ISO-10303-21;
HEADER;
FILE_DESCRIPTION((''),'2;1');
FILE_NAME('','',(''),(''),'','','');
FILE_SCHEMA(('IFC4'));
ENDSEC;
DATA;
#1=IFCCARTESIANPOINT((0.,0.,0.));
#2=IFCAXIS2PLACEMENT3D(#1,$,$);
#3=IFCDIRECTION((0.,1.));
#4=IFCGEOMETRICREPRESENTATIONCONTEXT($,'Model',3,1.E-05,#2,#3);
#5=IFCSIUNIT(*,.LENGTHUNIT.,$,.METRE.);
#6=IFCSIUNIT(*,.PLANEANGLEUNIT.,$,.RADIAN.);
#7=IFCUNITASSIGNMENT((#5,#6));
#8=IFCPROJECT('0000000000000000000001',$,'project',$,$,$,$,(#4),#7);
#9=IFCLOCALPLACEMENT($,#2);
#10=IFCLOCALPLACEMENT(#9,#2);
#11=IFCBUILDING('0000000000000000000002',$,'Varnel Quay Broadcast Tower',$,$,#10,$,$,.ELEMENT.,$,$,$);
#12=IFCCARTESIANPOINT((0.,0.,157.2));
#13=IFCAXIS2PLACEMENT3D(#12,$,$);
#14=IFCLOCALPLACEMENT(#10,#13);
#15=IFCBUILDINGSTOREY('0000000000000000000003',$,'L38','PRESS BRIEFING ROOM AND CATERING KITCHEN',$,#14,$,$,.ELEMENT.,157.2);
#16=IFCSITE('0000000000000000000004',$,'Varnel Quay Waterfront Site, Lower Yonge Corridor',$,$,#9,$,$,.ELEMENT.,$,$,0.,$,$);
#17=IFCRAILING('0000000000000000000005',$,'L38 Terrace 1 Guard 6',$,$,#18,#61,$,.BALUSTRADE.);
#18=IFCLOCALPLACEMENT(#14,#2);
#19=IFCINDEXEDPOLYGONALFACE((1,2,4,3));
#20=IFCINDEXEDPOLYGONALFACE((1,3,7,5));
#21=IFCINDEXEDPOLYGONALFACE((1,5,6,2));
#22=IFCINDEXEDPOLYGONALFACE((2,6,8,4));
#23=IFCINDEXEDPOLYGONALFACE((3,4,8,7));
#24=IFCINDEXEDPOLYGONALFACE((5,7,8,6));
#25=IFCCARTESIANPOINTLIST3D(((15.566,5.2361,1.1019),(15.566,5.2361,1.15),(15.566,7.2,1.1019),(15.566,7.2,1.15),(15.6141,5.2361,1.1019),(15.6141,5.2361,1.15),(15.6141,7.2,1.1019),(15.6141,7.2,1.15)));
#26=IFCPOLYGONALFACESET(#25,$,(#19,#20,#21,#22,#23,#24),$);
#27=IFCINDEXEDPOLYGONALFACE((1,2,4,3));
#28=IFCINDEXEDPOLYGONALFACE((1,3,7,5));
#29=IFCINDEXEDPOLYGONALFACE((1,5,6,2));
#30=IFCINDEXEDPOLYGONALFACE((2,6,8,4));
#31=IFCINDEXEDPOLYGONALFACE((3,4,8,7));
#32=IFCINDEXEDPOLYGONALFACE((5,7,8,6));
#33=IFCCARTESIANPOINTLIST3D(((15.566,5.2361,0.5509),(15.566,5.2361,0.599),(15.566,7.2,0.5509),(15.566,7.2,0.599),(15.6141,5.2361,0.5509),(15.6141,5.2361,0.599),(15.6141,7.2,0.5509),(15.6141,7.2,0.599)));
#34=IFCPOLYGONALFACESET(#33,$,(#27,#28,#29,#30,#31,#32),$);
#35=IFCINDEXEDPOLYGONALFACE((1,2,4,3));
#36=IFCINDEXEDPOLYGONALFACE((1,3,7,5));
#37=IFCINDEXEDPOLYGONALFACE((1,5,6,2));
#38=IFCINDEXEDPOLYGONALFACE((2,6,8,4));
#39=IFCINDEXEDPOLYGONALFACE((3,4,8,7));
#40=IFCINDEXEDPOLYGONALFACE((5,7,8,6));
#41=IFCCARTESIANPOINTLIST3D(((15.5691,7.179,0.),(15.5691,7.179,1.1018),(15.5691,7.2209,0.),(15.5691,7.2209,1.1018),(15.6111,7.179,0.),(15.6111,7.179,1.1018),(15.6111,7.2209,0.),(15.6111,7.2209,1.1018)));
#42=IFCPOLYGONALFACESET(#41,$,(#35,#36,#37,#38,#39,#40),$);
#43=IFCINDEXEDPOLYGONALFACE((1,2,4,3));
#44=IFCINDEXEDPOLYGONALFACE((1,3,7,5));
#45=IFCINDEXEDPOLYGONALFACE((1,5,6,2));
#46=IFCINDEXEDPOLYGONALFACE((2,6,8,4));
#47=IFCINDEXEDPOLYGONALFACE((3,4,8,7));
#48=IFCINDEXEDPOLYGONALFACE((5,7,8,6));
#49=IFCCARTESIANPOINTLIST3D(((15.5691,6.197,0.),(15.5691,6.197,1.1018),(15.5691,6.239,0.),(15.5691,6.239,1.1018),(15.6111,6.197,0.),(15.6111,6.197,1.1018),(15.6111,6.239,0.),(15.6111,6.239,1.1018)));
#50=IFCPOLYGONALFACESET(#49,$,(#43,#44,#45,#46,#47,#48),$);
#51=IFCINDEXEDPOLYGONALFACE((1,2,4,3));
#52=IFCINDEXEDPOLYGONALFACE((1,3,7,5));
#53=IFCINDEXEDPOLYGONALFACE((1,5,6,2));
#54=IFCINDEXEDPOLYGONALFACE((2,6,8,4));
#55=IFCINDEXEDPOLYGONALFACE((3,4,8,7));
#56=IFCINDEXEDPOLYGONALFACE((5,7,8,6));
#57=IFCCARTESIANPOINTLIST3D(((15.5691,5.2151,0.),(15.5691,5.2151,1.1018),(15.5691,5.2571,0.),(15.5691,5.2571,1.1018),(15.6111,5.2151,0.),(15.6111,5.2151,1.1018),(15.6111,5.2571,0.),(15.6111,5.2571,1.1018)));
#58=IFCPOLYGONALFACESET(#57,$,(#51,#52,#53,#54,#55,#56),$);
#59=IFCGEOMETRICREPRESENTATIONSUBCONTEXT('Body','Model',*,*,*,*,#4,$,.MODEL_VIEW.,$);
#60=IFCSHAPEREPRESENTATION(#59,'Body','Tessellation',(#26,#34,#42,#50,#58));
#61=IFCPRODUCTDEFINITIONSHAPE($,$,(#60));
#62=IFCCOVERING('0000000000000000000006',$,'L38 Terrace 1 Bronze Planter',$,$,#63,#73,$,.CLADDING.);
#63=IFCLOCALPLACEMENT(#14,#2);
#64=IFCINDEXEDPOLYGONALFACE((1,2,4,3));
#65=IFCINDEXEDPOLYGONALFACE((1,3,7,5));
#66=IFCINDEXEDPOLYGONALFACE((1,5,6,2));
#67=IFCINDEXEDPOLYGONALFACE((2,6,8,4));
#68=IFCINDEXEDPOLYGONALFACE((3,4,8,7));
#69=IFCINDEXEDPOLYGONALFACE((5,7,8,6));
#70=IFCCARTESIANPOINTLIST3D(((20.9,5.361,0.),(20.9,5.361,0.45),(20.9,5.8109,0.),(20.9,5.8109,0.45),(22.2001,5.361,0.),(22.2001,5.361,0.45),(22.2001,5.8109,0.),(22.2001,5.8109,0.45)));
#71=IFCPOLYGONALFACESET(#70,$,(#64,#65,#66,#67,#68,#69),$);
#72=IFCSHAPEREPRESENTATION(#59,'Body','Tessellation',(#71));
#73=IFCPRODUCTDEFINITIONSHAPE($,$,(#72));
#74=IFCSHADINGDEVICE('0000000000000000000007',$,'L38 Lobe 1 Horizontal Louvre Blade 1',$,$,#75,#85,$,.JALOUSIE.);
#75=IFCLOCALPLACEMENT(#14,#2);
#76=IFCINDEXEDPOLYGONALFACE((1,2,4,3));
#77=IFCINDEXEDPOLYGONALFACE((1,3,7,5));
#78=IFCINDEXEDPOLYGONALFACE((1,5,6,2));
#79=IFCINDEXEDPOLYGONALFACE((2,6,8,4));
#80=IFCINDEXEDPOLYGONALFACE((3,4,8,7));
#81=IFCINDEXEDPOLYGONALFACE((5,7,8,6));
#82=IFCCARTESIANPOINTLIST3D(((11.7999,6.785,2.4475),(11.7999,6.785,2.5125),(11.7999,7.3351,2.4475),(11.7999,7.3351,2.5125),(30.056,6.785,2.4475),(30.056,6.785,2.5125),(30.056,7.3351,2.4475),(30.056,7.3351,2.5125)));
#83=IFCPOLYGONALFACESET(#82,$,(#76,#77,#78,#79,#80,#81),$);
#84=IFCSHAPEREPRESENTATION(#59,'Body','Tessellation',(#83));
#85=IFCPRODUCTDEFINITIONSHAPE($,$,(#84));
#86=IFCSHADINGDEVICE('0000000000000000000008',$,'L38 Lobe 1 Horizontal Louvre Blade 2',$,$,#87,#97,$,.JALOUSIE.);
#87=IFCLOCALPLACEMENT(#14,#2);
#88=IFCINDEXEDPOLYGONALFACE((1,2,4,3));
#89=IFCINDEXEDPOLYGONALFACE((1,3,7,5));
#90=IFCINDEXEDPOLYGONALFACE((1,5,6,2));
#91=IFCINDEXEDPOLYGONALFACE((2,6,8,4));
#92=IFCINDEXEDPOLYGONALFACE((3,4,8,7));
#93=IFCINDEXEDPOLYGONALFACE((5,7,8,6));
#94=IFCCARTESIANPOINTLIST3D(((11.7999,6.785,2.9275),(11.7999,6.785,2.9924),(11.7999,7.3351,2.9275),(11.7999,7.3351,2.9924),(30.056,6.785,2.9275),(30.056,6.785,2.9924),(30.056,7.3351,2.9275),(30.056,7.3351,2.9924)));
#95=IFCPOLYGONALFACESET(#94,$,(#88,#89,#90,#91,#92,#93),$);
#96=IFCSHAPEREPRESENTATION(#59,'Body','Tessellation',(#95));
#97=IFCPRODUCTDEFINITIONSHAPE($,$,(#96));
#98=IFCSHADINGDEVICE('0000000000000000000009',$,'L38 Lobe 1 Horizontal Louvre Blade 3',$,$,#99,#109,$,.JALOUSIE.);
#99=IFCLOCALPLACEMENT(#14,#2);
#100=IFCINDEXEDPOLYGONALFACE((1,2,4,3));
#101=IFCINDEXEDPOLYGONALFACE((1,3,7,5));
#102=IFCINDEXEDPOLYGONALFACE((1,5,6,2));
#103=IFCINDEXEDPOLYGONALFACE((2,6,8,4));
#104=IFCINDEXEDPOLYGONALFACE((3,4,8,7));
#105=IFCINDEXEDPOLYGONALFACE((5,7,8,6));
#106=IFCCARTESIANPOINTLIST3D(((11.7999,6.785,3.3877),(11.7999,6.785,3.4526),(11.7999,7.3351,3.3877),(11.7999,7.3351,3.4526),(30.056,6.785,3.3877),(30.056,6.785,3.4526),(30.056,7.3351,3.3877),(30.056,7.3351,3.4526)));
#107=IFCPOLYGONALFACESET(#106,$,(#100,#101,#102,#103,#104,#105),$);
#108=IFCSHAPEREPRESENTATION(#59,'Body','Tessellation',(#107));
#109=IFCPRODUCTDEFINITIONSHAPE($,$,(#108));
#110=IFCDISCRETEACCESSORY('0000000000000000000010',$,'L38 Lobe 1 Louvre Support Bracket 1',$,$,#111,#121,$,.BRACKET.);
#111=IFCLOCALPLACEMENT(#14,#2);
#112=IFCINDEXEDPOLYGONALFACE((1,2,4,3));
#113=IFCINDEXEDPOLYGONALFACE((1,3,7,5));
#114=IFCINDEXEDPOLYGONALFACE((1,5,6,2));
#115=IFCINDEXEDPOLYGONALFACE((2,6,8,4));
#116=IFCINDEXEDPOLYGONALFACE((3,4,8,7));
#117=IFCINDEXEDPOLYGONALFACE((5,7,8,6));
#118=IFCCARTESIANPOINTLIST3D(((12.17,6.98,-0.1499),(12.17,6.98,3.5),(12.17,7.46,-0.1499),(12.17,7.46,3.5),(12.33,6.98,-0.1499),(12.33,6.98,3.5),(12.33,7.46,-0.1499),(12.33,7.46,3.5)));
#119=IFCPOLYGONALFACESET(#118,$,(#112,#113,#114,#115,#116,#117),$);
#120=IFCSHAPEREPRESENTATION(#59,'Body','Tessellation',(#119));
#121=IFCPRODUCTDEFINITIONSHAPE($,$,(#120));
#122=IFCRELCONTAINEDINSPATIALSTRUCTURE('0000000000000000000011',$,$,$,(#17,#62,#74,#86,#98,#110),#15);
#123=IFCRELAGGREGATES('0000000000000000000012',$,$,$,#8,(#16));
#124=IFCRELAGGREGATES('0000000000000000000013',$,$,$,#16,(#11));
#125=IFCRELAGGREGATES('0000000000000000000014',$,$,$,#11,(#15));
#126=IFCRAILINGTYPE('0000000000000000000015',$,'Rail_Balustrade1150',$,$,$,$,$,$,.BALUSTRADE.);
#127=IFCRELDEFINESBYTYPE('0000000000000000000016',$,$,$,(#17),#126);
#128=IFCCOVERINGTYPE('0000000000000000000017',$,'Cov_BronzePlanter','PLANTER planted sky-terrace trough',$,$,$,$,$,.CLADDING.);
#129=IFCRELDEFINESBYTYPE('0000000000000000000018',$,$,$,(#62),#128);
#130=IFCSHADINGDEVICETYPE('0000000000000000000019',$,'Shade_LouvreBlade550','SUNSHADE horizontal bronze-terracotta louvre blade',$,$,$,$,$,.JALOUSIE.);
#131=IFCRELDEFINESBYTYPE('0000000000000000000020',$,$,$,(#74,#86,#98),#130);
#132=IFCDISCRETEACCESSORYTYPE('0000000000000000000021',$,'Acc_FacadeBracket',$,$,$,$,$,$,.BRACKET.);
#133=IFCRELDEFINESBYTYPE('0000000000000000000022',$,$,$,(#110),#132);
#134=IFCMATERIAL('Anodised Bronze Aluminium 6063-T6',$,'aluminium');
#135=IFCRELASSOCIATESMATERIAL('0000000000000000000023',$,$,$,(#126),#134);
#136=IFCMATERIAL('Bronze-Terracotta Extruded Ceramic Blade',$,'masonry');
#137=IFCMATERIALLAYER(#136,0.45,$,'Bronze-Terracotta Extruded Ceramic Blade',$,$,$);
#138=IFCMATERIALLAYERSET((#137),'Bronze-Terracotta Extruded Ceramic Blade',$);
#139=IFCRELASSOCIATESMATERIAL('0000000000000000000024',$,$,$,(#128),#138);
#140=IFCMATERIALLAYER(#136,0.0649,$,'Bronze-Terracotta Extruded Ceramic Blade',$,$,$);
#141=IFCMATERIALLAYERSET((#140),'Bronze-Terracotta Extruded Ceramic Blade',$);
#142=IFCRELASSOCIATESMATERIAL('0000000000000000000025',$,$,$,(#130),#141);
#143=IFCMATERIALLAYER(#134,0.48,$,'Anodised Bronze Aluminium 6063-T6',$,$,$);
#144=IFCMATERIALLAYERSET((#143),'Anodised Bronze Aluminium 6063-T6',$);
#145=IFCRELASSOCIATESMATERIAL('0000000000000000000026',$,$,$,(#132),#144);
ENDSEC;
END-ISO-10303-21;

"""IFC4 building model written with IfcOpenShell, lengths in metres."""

from ifc_helpers import new_model, si_unit, direction, frame, origin, origin_2d, place, context, subcontext, project, spatial, rectangle, extrude, source, transform, mapped, material, layer, layer_set, type_object, type_shapes, element, save


model = new_model("IFC4")

# Units and contexts
model_context = context("Model", 3, precision=1e-05, world=origin(), true_north=direction((0.0, 1.0)))
body_context = subcontext(model_context, "Body", "Model", "MODEL_VIEW")
ifc_project = project(units=[si_unit("LENGTHUNIT", "METRE"), si_unit("PLANEANGLEUNIT", "RADIAN")], contexts=[model_context])

# Site, building, storey
site_placement = place(None, origin())
site = spatial("IfcSite", under=ifc_project, at=site_placement, Name="Varnel Quay Waterfront Site, Lower Yonge Corridor", CompositionType="ELEMENT", RefElevation=0.0)
building_placement = place(site_placement, origin())
building = spatial("IfcBuilding", under=site, at=building_placement, Name="Varnel Quay Broadcast Tower", CompositionType="ELEMENT")
storey_placement = place(building_placement, frame((0.0, 0.0, 157.2)))
storey = spatial("IfcBuildingStorey", under=building, at=storey_placement, Name="L38", Description="PRESS BRIEFING ROOM AND CATERING KITCHEN", CompositionType="ELEMENT", Elevation=157.2)

# Shared definitions
ifc_material_1 = material(Name="Anodised Bronze Aluminium 6063-T6", Category="aluminium")

# Railing
railing_type = type_object("IfcRailingType", Name="Rail_Balustrade1150", PredefinedType="BALUSTRADE", material=ifc_material_1)
railing_1_placement = place(storey_placement, frame((15.5901, 7.2, 0.0)))
element("IfcRailing", 1, at=railing_1_placement, inside=storey, type_object=railing_type, Name="L38 Terrace 1 Guard 6", PredefinedType="BALUSTRADE", context=body_context, shape_type="SweptSolid", body=[
    extrude(rectangle(XDim=0.0481, YDim=0.0481, at=origin_2d()), frame((0.0, 0.0, 1.126), z_axis=(0.0, -1.0, 0.0), x_axis=(1.0, 0.0, 0.0)), (0.0, 0.0, 1.0), 1.9639),
    extrude(rectangle(XDim=0.0481, YDim=0.0481, at=origin_2d()), frame((0.0, 0.0, 0.575), z_axis=(0.0, -1.0, 0.0), x_axis=(1.0, 0.0, 0.0)), (0.0, 0.0, 1.0), 1.9639),
    extrude(rectangle(XDim=0.042, YDim=0.042, at=origin_2d()), origin(), (0.0, 0.0, 1.0), 1.1018),
    extrude(rectangle(XDim=0.042, YDim=0.042, at=origin_2d()), frame((0.0, -0.9819, 0.0)), (0.0, 0.0, 1.0), 1.1018),
    extrude(rectangle(XDim=0.042, YDim=0.042, at=origin_2d()), frame((0.0, -1.9639, 0.0)), (0.0, 0.0, 1.0), 1.1018),
])

# Covering
ifc_material_2 = material(Name="Bronze-Terracotta Extruded Ceramic Blade", Category="masonry")
ifc_layer_1 = layer(ifc_material_2, 0.45, Name="Bronze-Terracotta Extruded Ceramic Blade")
ifc_layer_set_1 = layer_set([ifc_layer_1], Name="Bronze-Terracotta Extruded Ceramic Blade")
covering_type = type_object("IfcCoveringType", Name="Cov_BronzePlanter", Description="PLANTER planted sky-terrace trough", PredefinedType="CLADDING", material=ifc_layer_set_1)
shared_shape_1 = source(origin(), body_context, "Body", "SweptSolid", [
    extrude(rectangle(XDim=1.3, YDim=0.45, at=origin_2d()), origin(), (0.0, 0.0, 1.0), 0.45),
])
type_shapes(covering_type, [shared_shape_1])
covering_placement = place(storey_placement, frame((21.55, 5.5859, 0.0), z_axis=(0.0, 0.0, 1.0), x_axis=(1.0, 0.0, 0.0)))
element("IfcCovering", 2, at=covering_placement, inside=storey, type_object=covering_type, Name="L38 Terrace 1 Bronze Planter", PredefinedType="CLADDING", context=body_context, shape_type="MappedRepresentation", body=[
    mapped(shared_shape_1, transform((0.0, 0.0, 0.0), x_axis=(1.0, 0.0, 0.0), y_axis=(0.0, 1.0, 0.0), z_axis=(0.0, 0.0, 1.0), scale=1.0)),
])

# Shading devices
ifc_layer_2 = layer(ifc_material_2, 0.0649, Name="Bronze-Terracotta Extruded Ceramic Blade")
ifc_layer_set_2 = layer_set([ifc_layer_2], Name="Bronze-Terracotta Extruded Ceramic Blade")
shading_device_type = type_object("IfcShadingDeviceType", Name="Shade_LouvreBlade550", Description="SUNSHADE horizontal bronze-terracotta louvre blade", PredefinedType="JALOUSIE", material=ifc_layer_set_2)
shared_shape_2 = source(origin(), body_context, "Body", "SweptSolid", [
    extrude(rectangle(XDim=18.2561, YDim=0.55, at=origin_2d()), origin(), (0.0, 0.0, 1.0), 0.0649),
])
type_shapes(shading_device_type, [shared_shape_2])
for number, where, z_axis, x_axis, name in (
    (3, (20.928, 7.0601, 2.4475), (0.0, 0.0, 1.0), (1.0, 0.0, 0.0), "L38 Lobe 1 Horizontal Louvre Blade 1"),
    (4, (20.928, 7.0601, 2.9275), (0.0, 0.0, 1.0), (1.0, 0.0, 0.0), "L38 Lobe 1 Horizontal Louvre Blade 2"),
    (5, (20.928, 7.0601, 3.3877), (0.0, 0.0, 1.0), (1.0, 0.0, 0.0), "L38 Lobe 1 Horizontal Louvre Blade 3"),
):
    element("IfcShadingDevice", number, at=place(storey_placement, frame(where, z_axis=z_axis, x_axis=x_axis)), inside=storey, type_object=shading_device_type, Name=name, PredefinedType="JALOUSIE", context=body_context, shape_type="MappedRepresentation", body=[
        mapped(shared_shape_2, transform((0.0, 0.0, 0.0), x_axis=(1.0, 0.0, 0.0), y_axis=(0.0, 1.0, 0.0), z_axis=(0.0, 0.0, 1.0), scale=1.0)),
    ])

# Discrete accessory
ifc_layer_3 = layer(ifc_material_1, 0.48, Name="Anodised Bronze Aluminium 6063-T6")
ifc_layer_set_3 = layer_set([ifc_layer_3], Name="Anodised Bronze Aluminium 6063-T6")
discrete_accessory_type = type_object("IfcDiscreteAccessoryType", Name="Acc_FacadeBracket", PredefinedType="BRACKET", material=ifc_layer_set_3)
shared_shape_3 = source(origin(), body_context, "Body", "SweptSolid", [
    extrude(rectangle(XDim=0.1599, YDim=0.48, at=origin_2d()), origin(), (0.0, 0.0, 1.0), 3.6499),
])
type_shapes(discrete_accessory_type, [shared_shape_3])
discrete_accessory_placement = place(storey_placement, frame((12.25, 7.22, -0.1499), z_axis=(0.0, 0.0, 1.0), x_axis=(1.0, 0.0, 0.0)))
element("IfcDiscreteAccessory", 6, at=discrete_accessory_placement, inside=storey, type_object=discrete_accessory_type, Name="L38 Lobe 1 Louvre Support Bracket 1", PredefinedType="BRACKET", context=body_context, shape_type="MappedRepresentation", body=[
    mapped(shared_shape_3, transform((0.0, 0.0, 0.0), x_axis=(1.0, 0.0, 0.0), y_axis=(0.0, 1.0, 0.0), z_axis=(0.0, 0.0, 1.0), scale=1.0)),
])

save(model, "model.ifc")
